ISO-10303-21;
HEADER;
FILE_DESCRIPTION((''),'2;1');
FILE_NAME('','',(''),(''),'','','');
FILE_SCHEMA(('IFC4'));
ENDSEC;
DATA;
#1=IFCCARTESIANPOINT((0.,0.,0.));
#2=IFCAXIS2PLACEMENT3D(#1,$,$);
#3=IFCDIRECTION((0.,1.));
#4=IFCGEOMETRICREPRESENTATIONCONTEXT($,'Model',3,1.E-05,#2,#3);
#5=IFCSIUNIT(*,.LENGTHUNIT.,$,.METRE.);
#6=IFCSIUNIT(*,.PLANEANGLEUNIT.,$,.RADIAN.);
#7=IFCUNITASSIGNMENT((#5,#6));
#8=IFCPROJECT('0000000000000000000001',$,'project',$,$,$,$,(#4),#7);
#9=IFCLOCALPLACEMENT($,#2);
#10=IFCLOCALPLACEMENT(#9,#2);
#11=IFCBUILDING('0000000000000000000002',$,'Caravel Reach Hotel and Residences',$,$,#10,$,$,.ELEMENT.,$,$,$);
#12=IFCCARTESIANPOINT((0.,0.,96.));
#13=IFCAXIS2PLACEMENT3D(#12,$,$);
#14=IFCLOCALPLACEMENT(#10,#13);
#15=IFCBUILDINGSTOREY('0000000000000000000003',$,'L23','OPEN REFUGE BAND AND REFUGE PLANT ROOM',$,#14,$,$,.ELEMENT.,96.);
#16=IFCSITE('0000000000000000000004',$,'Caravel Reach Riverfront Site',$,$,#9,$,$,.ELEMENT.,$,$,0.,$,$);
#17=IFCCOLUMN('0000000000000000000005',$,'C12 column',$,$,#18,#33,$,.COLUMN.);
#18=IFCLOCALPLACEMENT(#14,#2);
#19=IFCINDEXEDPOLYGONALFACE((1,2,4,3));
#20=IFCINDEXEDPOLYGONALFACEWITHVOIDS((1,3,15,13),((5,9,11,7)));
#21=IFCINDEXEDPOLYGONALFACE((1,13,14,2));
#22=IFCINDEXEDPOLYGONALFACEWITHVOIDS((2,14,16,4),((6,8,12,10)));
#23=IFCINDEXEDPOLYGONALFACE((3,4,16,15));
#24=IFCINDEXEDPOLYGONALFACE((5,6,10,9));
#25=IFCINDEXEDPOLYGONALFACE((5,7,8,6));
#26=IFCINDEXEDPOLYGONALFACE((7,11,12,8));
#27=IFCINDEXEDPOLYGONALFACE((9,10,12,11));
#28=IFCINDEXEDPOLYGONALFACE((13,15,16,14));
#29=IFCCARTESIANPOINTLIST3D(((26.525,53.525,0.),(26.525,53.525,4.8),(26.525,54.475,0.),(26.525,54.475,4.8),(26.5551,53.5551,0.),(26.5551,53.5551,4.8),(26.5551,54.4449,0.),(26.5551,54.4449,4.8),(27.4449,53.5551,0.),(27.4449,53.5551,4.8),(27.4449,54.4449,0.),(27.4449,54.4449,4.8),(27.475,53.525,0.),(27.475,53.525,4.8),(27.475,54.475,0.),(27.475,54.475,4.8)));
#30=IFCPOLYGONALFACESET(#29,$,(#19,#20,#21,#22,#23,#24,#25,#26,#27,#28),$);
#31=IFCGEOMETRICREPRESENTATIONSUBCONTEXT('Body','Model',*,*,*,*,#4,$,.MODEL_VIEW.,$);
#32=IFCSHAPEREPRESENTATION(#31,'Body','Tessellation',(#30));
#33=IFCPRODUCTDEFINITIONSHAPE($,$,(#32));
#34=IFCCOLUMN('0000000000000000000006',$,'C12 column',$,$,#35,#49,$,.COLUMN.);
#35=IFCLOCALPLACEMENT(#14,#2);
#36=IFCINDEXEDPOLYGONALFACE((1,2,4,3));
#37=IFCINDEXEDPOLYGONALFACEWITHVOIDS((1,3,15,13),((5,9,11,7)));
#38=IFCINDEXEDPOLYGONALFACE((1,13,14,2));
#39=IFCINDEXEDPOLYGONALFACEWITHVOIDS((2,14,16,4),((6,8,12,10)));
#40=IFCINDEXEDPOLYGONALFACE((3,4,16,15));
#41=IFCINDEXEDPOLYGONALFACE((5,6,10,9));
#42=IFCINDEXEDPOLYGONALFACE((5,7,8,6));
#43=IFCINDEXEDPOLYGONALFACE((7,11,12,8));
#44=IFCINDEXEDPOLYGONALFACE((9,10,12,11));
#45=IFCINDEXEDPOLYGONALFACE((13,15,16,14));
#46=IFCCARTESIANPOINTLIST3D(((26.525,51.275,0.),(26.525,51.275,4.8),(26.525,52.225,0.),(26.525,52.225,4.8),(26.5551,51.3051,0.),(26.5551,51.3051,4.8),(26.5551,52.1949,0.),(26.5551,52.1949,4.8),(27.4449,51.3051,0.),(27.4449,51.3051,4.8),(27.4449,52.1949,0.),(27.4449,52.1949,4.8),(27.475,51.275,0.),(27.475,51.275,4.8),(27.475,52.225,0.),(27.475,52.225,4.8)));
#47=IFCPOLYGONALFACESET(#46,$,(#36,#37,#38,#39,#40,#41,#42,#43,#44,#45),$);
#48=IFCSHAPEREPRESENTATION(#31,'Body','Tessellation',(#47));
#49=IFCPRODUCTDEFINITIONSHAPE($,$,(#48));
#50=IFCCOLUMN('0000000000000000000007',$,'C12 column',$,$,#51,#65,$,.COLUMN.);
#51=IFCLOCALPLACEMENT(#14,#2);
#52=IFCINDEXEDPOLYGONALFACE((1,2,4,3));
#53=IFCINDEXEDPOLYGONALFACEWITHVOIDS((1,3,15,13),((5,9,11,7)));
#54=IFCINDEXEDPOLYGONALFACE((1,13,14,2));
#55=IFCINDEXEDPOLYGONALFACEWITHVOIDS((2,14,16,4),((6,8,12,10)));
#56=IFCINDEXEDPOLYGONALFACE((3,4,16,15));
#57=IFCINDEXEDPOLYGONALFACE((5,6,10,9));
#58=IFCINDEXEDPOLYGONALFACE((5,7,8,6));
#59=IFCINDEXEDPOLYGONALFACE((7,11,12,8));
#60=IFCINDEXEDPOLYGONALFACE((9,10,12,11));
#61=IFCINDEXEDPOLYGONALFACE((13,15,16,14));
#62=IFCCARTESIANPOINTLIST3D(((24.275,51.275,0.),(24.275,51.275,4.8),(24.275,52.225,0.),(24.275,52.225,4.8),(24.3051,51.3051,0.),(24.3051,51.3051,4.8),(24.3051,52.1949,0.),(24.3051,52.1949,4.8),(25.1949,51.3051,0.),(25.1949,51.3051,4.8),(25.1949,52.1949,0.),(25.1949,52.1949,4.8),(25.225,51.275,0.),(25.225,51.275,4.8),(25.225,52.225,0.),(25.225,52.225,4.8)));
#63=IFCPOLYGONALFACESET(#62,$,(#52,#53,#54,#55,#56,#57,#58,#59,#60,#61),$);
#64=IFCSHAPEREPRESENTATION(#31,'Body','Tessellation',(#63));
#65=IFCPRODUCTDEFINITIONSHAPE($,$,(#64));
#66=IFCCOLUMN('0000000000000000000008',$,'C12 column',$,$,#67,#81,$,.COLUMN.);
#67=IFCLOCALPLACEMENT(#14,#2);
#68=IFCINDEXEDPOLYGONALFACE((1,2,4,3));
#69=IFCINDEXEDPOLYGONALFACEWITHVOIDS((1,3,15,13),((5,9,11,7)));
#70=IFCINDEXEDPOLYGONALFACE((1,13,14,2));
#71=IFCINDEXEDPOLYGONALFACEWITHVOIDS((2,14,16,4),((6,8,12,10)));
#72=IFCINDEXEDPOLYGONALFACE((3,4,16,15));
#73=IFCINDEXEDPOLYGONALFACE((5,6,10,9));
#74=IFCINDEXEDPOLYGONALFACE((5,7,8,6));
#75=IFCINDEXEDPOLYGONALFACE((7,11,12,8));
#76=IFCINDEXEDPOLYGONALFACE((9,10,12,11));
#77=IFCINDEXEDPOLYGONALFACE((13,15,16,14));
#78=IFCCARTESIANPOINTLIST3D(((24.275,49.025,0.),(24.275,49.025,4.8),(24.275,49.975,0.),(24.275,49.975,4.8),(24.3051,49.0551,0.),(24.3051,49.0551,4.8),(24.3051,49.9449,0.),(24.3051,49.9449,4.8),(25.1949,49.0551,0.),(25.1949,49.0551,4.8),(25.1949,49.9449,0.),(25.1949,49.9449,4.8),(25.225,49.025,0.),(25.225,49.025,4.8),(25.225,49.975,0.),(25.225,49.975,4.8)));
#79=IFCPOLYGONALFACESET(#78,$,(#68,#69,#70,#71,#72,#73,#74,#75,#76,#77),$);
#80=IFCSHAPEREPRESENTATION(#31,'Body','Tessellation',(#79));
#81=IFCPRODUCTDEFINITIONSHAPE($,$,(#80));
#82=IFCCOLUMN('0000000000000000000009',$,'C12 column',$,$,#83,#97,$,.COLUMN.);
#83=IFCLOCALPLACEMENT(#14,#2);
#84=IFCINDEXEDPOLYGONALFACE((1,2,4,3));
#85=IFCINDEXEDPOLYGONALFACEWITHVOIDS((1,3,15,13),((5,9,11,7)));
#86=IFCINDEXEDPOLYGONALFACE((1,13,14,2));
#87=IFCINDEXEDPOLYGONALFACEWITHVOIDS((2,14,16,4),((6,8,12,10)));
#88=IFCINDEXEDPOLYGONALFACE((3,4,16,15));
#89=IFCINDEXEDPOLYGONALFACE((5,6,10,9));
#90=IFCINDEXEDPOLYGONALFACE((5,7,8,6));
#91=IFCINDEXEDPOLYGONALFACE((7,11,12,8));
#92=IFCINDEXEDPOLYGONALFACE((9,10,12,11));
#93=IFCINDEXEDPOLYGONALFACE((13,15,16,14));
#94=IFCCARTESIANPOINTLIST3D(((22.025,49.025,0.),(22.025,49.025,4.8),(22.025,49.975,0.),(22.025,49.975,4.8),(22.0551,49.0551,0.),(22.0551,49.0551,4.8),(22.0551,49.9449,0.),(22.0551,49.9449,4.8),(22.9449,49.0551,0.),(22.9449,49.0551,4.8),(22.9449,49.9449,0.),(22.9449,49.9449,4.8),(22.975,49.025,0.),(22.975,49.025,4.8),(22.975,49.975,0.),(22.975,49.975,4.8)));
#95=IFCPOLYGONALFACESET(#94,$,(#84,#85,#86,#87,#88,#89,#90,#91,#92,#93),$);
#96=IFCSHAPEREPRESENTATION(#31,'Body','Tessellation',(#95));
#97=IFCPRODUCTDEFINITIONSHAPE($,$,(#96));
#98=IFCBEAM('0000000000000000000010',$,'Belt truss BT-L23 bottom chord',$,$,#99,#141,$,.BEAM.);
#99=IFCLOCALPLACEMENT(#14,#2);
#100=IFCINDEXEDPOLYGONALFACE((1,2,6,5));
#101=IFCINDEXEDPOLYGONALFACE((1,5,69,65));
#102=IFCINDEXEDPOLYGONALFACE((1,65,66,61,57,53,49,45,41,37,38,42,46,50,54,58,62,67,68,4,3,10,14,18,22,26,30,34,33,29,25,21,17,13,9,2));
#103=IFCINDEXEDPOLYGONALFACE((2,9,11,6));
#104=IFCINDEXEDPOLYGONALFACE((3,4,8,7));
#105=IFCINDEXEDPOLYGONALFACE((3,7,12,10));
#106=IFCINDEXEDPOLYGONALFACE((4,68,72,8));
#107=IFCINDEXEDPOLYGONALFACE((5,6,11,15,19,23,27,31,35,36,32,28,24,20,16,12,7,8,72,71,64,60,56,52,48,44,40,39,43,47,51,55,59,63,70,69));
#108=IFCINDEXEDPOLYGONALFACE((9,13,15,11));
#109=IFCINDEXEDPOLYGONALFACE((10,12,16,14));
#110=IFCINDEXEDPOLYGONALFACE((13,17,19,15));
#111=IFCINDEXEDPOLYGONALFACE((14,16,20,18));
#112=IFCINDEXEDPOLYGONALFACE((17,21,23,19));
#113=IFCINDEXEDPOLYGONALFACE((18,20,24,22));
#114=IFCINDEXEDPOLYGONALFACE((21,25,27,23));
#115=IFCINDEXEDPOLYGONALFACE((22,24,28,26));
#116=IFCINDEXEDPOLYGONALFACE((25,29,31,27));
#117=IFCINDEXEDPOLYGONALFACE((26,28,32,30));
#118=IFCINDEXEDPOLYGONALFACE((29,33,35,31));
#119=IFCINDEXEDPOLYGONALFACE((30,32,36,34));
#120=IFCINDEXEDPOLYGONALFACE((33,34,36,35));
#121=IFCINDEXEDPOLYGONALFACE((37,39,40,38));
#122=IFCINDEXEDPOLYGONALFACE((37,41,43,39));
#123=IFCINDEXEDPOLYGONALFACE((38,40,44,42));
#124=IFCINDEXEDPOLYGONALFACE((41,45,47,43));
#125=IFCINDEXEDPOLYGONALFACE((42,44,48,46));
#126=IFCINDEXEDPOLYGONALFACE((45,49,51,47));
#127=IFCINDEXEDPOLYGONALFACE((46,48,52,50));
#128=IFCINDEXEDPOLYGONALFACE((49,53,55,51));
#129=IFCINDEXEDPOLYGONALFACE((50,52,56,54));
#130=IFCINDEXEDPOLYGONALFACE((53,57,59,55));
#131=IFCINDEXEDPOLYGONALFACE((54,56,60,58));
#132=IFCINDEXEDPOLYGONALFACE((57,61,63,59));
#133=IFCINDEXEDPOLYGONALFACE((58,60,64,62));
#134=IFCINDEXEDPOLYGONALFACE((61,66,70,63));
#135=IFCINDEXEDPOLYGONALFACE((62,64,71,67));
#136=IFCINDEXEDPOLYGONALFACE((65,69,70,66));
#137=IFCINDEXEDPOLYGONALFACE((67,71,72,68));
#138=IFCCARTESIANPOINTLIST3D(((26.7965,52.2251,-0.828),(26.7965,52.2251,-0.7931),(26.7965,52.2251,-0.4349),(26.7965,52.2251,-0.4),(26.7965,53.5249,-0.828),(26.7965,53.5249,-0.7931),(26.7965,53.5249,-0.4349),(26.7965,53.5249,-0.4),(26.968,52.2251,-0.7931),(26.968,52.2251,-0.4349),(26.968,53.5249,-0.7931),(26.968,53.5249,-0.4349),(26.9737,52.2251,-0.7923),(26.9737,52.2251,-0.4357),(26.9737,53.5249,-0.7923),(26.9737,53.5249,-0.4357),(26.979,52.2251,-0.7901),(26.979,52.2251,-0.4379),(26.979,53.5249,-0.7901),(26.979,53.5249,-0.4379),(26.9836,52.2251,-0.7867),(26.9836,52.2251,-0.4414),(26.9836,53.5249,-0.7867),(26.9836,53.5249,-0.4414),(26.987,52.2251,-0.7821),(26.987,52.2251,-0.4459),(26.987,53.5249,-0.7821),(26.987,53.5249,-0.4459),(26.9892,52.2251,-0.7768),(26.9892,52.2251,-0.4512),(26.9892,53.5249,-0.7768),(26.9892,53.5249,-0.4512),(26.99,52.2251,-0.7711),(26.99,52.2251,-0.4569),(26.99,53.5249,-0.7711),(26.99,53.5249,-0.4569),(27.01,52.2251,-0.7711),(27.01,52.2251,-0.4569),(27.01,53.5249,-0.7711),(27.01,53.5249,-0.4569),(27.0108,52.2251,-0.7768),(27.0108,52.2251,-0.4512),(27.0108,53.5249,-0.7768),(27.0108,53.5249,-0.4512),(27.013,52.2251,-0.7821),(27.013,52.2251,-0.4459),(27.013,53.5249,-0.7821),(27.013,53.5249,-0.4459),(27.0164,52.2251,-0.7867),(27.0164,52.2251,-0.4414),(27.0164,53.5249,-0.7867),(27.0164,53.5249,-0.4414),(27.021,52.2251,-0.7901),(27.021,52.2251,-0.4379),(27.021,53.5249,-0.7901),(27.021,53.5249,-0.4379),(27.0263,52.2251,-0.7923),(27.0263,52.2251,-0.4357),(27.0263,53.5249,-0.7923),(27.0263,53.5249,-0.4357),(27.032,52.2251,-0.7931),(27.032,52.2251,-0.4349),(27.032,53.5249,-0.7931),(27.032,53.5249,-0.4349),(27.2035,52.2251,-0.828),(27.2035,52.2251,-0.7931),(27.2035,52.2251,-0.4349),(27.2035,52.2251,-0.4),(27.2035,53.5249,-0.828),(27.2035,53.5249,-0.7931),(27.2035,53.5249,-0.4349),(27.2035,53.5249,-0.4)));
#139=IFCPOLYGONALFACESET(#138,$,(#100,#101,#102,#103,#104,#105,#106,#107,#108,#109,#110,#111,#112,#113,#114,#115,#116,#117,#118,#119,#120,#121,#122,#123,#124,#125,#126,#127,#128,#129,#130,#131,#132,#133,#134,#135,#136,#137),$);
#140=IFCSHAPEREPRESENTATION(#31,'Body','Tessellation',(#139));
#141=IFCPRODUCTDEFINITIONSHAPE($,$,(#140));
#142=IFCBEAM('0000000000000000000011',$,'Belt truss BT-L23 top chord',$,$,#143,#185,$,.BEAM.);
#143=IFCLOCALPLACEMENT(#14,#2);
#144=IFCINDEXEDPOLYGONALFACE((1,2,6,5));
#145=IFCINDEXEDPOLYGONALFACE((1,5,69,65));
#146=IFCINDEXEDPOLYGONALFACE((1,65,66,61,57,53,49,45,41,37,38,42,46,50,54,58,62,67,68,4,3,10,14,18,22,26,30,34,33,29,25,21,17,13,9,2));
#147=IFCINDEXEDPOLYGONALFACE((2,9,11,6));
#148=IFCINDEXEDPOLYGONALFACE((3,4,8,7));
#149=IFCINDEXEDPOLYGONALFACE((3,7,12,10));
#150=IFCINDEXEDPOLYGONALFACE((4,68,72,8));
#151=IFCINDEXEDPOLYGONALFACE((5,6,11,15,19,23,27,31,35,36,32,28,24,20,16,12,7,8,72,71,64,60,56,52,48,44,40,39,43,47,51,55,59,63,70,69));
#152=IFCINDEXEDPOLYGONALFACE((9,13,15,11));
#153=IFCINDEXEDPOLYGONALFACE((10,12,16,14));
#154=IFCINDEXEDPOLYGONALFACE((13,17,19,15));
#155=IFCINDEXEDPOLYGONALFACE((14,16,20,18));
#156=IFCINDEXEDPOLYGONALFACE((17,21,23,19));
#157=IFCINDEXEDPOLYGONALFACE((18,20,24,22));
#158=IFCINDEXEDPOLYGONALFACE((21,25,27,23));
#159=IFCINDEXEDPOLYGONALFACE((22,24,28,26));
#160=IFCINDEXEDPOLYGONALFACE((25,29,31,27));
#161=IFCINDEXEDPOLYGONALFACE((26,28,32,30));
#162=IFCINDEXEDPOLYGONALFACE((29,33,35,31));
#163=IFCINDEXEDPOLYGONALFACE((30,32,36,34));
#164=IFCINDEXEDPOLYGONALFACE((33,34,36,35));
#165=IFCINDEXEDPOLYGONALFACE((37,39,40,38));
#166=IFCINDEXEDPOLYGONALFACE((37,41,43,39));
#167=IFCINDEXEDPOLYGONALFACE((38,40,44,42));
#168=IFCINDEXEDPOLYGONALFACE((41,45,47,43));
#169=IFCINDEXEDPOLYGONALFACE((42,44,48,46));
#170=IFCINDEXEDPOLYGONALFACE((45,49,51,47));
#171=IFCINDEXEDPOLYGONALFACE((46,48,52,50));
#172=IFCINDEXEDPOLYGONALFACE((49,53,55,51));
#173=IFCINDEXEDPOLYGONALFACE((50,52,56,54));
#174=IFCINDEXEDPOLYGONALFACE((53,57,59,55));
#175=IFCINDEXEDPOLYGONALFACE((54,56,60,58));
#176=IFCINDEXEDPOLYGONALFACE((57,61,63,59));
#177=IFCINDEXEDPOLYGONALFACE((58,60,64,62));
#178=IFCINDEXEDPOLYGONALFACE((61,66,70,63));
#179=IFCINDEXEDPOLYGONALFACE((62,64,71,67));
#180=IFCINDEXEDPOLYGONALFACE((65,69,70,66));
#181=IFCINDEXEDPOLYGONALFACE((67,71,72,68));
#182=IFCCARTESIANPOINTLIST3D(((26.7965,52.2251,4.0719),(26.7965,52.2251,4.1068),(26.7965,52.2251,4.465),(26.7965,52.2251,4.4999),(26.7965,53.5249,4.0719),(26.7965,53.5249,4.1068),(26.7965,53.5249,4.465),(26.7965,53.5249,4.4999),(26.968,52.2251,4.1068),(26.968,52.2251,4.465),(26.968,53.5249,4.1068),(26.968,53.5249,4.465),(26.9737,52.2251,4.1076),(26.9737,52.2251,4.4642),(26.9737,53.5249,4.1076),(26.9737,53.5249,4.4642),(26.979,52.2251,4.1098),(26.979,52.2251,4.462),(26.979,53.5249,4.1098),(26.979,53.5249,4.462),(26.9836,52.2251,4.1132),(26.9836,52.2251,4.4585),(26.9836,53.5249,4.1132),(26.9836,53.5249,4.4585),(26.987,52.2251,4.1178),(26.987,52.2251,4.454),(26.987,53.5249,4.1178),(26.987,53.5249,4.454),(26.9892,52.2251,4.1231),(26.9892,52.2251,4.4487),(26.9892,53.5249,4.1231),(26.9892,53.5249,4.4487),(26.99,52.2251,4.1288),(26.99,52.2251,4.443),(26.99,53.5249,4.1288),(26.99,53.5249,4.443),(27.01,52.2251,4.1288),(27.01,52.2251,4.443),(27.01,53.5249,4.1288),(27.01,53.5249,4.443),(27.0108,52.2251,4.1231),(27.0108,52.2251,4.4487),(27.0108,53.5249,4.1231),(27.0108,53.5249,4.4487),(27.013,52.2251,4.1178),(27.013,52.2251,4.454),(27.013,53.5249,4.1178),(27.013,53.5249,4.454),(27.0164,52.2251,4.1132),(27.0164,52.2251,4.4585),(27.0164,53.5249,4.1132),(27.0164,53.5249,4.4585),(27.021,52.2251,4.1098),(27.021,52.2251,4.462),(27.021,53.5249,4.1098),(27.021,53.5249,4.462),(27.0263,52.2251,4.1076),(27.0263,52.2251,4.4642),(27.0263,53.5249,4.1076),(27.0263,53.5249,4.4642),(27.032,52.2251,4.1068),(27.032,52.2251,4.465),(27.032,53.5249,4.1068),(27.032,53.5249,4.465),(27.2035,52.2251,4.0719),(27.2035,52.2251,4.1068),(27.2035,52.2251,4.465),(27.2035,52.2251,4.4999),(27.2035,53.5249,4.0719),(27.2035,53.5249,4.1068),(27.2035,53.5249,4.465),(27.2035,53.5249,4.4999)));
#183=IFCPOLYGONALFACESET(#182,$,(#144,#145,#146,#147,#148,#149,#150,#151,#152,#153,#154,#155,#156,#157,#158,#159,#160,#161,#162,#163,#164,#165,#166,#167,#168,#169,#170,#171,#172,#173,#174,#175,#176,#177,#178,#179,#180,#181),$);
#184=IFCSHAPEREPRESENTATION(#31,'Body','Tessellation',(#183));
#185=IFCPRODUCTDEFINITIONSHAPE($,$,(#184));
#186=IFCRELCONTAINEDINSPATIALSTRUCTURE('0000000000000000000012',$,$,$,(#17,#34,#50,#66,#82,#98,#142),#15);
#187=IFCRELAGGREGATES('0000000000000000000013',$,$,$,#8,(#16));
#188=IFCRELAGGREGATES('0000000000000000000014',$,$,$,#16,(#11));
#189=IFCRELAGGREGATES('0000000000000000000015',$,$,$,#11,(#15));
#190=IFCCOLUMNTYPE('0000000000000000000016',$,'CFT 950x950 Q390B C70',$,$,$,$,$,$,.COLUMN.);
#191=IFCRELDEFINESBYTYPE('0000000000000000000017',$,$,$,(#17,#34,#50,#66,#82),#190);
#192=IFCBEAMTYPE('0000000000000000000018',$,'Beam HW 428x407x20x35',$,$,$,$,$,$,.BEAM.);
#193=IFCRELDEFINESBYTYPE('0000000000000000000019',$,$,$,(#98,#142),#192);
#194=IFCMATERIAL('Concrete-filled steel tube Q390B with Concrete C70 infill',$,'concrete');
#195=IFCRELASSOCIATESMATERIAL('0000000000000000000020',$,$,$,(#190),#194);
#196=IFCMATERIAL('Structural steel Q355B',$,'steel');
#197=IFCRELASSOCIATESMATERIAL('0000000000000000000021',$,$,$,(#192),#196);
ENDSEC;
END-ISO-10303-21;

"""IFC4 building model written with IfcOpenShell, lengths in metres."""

from ifc_helpers import new_model, si_unit, direction, frame, origin, origin_2d, place, context, subcontext, project, spatial, hollow_rectangle, i_section, extrude, material, material_profile, profile_set, type_object, element, save


model = new_model("IFC4")

# Units and contexts
model_context = context("Model", 3, precision=1e-05, world=origin(), true_north=direction((0.0, 1.0)))
body_context = subcontext(model_context, "Body", "Model", "MODEL_VIEW")
ifc_project = project(units=[si_unit("LENGTHUNIT", "METRE"), si_unit("PLANEANGLEUNIT", "RADIAN")], contexts=[model_context])

# Site, building, storey
site_placement = place(None, origin())
site = spatial("IfcSite", under=ifc_project, at=site_placement, Name="Caravel Reach Riverfront Site", CompositionType="ELEMENT", RefElevation=0.0)
building_placement = place(site_placement, origin())
building = spatial("IfcBuilding", under=site, at=building_placement, Name="Caravel Reach Hotel and Residences", CompositionType="ELEMENT")
storey_placement = place(building_placement, frame((0.0, 0.0, 96.0)))
storey = spatial("IfcBuildingStorey", under=building, at=storey_placement, Name="L23", Description="OPEN REFUGE BAND AND REFUGE PLANT ROOM", CompositionType="ELEMENT", Elevation=96.0)

# Columns
ifc_material_1 = material(Name="Concrete-filled steel tube Q390B with Concrete C70 infill", Category="concrete")
ifc_material_profile_1 = material_profile(ifc_material_1, hollow_rectangle(XDim=0.95, YDim=0.95, WallThickness=0.03, at=origin_2d()), Name="RHS 950x950x30")
ifc_profile_set_1 = profile_set([ifc_material_profile_1], Name="Concrete-filled steel tube Q390B with Concrete C70 infill")
column_type = type_object("IfcColumnType", Name="CFT 950x950 Q390B C70", PredefinedType="COLUMN", material=ifc_profile_set_1)
for number, where, z_axis, x_axis, name in (
    (1, (27.0, 54.0, 0.0), (0.0, 0.0, 1.0), (1.0, 0.0, 0.0), "C12 column"),
    (2, (27.0, 51.75, 0.0), (0.0, 0.0, 1.0), (1.0, 0.0, 0.0), "C12 column"),
    (3, (24.75, 51.75, 0.0), (0.0, 0.0, 1.0), (1.0, 0.0, 0.0), "C12 column"),
    (4, (24.75, 49.5, 0.0), (0.0, 0.0, 1.0), (1.0, 0.0, 0.0), "C12 column"),
    (5, (22.5, 49.5, 0.0), (0.0, 0.0, 1.0), (1.0, 0.0, 0.0), "C12 column"),
):
    element("IfcColumn", number, at=place(storey_placement, frame(where, z_axis=z_axis, x_axis=x_axis)), inside=storey, type_object=column_type, Name=name, PredefinedType="COLUMN", context=body_context, shape_type="SweptSolid", body=[
        extrude(hollow_rectangle(XDim=0.95, YDim=0.95, WallThickness=0.03, at=origin_2d()), origin(), (0.0, 0.0, 1.0), 4.8),
    ])

# Beams
ifc_material_2 = material(Name="Structural steel Q355B", Category="steel")
ifc_material_profile_2 = material_profile(ifc_material_2, i_section(OverallWidth=0.407, OverallDepth=0.428, WebThickness=0.02, FlangeThickness=0.0349, FilletRadius=0.022, at=origin_2d()), Name="HW 428x407x20x35")
ifc_profile_set_2 = profile_set([ifc_material_profile_2], Name="Structural steel Q355B")
beam_type = type_object("IfcBeamType", Name="Beam HW 428x407x20x35", PredefinedType="BEAM", material=ifc_profile_set_2)
for number, where, z_axis, x_axis, name in (
    (6, (27.0, 53.5249, -0.614), (0.0, -1.0, 0.0), (1.0, 0.0, 0.0), "Belt truss BT-L23 bottom chord"),
    (7, (27.0, 53.5249, 4.2859), (0.0, -1.0, 0.0), (1.0, 0.0, 0.0), "Belt truss BT-L23 top chord"),
):
    element("IfcBeam", number, at=place(storey_placement, frame(where, z_axis=z_axis, x_axis=x_axis)), inside=storey, type_object=beam_type, Name=name, PredefinedType="BEAM", context=body_context, shape_type="SweptSolid", body=[
        extrude(i_section(OverallWidth=0.407, OverallDepth=0.428, WebThickness=0.02, FlangeThickness=0.0349, FilletRadius=0.022, at=origin_2d()), origin(), (0.0, 0.0, 1.0), 1.2998),
    ])

save(model, "model.ifc")
